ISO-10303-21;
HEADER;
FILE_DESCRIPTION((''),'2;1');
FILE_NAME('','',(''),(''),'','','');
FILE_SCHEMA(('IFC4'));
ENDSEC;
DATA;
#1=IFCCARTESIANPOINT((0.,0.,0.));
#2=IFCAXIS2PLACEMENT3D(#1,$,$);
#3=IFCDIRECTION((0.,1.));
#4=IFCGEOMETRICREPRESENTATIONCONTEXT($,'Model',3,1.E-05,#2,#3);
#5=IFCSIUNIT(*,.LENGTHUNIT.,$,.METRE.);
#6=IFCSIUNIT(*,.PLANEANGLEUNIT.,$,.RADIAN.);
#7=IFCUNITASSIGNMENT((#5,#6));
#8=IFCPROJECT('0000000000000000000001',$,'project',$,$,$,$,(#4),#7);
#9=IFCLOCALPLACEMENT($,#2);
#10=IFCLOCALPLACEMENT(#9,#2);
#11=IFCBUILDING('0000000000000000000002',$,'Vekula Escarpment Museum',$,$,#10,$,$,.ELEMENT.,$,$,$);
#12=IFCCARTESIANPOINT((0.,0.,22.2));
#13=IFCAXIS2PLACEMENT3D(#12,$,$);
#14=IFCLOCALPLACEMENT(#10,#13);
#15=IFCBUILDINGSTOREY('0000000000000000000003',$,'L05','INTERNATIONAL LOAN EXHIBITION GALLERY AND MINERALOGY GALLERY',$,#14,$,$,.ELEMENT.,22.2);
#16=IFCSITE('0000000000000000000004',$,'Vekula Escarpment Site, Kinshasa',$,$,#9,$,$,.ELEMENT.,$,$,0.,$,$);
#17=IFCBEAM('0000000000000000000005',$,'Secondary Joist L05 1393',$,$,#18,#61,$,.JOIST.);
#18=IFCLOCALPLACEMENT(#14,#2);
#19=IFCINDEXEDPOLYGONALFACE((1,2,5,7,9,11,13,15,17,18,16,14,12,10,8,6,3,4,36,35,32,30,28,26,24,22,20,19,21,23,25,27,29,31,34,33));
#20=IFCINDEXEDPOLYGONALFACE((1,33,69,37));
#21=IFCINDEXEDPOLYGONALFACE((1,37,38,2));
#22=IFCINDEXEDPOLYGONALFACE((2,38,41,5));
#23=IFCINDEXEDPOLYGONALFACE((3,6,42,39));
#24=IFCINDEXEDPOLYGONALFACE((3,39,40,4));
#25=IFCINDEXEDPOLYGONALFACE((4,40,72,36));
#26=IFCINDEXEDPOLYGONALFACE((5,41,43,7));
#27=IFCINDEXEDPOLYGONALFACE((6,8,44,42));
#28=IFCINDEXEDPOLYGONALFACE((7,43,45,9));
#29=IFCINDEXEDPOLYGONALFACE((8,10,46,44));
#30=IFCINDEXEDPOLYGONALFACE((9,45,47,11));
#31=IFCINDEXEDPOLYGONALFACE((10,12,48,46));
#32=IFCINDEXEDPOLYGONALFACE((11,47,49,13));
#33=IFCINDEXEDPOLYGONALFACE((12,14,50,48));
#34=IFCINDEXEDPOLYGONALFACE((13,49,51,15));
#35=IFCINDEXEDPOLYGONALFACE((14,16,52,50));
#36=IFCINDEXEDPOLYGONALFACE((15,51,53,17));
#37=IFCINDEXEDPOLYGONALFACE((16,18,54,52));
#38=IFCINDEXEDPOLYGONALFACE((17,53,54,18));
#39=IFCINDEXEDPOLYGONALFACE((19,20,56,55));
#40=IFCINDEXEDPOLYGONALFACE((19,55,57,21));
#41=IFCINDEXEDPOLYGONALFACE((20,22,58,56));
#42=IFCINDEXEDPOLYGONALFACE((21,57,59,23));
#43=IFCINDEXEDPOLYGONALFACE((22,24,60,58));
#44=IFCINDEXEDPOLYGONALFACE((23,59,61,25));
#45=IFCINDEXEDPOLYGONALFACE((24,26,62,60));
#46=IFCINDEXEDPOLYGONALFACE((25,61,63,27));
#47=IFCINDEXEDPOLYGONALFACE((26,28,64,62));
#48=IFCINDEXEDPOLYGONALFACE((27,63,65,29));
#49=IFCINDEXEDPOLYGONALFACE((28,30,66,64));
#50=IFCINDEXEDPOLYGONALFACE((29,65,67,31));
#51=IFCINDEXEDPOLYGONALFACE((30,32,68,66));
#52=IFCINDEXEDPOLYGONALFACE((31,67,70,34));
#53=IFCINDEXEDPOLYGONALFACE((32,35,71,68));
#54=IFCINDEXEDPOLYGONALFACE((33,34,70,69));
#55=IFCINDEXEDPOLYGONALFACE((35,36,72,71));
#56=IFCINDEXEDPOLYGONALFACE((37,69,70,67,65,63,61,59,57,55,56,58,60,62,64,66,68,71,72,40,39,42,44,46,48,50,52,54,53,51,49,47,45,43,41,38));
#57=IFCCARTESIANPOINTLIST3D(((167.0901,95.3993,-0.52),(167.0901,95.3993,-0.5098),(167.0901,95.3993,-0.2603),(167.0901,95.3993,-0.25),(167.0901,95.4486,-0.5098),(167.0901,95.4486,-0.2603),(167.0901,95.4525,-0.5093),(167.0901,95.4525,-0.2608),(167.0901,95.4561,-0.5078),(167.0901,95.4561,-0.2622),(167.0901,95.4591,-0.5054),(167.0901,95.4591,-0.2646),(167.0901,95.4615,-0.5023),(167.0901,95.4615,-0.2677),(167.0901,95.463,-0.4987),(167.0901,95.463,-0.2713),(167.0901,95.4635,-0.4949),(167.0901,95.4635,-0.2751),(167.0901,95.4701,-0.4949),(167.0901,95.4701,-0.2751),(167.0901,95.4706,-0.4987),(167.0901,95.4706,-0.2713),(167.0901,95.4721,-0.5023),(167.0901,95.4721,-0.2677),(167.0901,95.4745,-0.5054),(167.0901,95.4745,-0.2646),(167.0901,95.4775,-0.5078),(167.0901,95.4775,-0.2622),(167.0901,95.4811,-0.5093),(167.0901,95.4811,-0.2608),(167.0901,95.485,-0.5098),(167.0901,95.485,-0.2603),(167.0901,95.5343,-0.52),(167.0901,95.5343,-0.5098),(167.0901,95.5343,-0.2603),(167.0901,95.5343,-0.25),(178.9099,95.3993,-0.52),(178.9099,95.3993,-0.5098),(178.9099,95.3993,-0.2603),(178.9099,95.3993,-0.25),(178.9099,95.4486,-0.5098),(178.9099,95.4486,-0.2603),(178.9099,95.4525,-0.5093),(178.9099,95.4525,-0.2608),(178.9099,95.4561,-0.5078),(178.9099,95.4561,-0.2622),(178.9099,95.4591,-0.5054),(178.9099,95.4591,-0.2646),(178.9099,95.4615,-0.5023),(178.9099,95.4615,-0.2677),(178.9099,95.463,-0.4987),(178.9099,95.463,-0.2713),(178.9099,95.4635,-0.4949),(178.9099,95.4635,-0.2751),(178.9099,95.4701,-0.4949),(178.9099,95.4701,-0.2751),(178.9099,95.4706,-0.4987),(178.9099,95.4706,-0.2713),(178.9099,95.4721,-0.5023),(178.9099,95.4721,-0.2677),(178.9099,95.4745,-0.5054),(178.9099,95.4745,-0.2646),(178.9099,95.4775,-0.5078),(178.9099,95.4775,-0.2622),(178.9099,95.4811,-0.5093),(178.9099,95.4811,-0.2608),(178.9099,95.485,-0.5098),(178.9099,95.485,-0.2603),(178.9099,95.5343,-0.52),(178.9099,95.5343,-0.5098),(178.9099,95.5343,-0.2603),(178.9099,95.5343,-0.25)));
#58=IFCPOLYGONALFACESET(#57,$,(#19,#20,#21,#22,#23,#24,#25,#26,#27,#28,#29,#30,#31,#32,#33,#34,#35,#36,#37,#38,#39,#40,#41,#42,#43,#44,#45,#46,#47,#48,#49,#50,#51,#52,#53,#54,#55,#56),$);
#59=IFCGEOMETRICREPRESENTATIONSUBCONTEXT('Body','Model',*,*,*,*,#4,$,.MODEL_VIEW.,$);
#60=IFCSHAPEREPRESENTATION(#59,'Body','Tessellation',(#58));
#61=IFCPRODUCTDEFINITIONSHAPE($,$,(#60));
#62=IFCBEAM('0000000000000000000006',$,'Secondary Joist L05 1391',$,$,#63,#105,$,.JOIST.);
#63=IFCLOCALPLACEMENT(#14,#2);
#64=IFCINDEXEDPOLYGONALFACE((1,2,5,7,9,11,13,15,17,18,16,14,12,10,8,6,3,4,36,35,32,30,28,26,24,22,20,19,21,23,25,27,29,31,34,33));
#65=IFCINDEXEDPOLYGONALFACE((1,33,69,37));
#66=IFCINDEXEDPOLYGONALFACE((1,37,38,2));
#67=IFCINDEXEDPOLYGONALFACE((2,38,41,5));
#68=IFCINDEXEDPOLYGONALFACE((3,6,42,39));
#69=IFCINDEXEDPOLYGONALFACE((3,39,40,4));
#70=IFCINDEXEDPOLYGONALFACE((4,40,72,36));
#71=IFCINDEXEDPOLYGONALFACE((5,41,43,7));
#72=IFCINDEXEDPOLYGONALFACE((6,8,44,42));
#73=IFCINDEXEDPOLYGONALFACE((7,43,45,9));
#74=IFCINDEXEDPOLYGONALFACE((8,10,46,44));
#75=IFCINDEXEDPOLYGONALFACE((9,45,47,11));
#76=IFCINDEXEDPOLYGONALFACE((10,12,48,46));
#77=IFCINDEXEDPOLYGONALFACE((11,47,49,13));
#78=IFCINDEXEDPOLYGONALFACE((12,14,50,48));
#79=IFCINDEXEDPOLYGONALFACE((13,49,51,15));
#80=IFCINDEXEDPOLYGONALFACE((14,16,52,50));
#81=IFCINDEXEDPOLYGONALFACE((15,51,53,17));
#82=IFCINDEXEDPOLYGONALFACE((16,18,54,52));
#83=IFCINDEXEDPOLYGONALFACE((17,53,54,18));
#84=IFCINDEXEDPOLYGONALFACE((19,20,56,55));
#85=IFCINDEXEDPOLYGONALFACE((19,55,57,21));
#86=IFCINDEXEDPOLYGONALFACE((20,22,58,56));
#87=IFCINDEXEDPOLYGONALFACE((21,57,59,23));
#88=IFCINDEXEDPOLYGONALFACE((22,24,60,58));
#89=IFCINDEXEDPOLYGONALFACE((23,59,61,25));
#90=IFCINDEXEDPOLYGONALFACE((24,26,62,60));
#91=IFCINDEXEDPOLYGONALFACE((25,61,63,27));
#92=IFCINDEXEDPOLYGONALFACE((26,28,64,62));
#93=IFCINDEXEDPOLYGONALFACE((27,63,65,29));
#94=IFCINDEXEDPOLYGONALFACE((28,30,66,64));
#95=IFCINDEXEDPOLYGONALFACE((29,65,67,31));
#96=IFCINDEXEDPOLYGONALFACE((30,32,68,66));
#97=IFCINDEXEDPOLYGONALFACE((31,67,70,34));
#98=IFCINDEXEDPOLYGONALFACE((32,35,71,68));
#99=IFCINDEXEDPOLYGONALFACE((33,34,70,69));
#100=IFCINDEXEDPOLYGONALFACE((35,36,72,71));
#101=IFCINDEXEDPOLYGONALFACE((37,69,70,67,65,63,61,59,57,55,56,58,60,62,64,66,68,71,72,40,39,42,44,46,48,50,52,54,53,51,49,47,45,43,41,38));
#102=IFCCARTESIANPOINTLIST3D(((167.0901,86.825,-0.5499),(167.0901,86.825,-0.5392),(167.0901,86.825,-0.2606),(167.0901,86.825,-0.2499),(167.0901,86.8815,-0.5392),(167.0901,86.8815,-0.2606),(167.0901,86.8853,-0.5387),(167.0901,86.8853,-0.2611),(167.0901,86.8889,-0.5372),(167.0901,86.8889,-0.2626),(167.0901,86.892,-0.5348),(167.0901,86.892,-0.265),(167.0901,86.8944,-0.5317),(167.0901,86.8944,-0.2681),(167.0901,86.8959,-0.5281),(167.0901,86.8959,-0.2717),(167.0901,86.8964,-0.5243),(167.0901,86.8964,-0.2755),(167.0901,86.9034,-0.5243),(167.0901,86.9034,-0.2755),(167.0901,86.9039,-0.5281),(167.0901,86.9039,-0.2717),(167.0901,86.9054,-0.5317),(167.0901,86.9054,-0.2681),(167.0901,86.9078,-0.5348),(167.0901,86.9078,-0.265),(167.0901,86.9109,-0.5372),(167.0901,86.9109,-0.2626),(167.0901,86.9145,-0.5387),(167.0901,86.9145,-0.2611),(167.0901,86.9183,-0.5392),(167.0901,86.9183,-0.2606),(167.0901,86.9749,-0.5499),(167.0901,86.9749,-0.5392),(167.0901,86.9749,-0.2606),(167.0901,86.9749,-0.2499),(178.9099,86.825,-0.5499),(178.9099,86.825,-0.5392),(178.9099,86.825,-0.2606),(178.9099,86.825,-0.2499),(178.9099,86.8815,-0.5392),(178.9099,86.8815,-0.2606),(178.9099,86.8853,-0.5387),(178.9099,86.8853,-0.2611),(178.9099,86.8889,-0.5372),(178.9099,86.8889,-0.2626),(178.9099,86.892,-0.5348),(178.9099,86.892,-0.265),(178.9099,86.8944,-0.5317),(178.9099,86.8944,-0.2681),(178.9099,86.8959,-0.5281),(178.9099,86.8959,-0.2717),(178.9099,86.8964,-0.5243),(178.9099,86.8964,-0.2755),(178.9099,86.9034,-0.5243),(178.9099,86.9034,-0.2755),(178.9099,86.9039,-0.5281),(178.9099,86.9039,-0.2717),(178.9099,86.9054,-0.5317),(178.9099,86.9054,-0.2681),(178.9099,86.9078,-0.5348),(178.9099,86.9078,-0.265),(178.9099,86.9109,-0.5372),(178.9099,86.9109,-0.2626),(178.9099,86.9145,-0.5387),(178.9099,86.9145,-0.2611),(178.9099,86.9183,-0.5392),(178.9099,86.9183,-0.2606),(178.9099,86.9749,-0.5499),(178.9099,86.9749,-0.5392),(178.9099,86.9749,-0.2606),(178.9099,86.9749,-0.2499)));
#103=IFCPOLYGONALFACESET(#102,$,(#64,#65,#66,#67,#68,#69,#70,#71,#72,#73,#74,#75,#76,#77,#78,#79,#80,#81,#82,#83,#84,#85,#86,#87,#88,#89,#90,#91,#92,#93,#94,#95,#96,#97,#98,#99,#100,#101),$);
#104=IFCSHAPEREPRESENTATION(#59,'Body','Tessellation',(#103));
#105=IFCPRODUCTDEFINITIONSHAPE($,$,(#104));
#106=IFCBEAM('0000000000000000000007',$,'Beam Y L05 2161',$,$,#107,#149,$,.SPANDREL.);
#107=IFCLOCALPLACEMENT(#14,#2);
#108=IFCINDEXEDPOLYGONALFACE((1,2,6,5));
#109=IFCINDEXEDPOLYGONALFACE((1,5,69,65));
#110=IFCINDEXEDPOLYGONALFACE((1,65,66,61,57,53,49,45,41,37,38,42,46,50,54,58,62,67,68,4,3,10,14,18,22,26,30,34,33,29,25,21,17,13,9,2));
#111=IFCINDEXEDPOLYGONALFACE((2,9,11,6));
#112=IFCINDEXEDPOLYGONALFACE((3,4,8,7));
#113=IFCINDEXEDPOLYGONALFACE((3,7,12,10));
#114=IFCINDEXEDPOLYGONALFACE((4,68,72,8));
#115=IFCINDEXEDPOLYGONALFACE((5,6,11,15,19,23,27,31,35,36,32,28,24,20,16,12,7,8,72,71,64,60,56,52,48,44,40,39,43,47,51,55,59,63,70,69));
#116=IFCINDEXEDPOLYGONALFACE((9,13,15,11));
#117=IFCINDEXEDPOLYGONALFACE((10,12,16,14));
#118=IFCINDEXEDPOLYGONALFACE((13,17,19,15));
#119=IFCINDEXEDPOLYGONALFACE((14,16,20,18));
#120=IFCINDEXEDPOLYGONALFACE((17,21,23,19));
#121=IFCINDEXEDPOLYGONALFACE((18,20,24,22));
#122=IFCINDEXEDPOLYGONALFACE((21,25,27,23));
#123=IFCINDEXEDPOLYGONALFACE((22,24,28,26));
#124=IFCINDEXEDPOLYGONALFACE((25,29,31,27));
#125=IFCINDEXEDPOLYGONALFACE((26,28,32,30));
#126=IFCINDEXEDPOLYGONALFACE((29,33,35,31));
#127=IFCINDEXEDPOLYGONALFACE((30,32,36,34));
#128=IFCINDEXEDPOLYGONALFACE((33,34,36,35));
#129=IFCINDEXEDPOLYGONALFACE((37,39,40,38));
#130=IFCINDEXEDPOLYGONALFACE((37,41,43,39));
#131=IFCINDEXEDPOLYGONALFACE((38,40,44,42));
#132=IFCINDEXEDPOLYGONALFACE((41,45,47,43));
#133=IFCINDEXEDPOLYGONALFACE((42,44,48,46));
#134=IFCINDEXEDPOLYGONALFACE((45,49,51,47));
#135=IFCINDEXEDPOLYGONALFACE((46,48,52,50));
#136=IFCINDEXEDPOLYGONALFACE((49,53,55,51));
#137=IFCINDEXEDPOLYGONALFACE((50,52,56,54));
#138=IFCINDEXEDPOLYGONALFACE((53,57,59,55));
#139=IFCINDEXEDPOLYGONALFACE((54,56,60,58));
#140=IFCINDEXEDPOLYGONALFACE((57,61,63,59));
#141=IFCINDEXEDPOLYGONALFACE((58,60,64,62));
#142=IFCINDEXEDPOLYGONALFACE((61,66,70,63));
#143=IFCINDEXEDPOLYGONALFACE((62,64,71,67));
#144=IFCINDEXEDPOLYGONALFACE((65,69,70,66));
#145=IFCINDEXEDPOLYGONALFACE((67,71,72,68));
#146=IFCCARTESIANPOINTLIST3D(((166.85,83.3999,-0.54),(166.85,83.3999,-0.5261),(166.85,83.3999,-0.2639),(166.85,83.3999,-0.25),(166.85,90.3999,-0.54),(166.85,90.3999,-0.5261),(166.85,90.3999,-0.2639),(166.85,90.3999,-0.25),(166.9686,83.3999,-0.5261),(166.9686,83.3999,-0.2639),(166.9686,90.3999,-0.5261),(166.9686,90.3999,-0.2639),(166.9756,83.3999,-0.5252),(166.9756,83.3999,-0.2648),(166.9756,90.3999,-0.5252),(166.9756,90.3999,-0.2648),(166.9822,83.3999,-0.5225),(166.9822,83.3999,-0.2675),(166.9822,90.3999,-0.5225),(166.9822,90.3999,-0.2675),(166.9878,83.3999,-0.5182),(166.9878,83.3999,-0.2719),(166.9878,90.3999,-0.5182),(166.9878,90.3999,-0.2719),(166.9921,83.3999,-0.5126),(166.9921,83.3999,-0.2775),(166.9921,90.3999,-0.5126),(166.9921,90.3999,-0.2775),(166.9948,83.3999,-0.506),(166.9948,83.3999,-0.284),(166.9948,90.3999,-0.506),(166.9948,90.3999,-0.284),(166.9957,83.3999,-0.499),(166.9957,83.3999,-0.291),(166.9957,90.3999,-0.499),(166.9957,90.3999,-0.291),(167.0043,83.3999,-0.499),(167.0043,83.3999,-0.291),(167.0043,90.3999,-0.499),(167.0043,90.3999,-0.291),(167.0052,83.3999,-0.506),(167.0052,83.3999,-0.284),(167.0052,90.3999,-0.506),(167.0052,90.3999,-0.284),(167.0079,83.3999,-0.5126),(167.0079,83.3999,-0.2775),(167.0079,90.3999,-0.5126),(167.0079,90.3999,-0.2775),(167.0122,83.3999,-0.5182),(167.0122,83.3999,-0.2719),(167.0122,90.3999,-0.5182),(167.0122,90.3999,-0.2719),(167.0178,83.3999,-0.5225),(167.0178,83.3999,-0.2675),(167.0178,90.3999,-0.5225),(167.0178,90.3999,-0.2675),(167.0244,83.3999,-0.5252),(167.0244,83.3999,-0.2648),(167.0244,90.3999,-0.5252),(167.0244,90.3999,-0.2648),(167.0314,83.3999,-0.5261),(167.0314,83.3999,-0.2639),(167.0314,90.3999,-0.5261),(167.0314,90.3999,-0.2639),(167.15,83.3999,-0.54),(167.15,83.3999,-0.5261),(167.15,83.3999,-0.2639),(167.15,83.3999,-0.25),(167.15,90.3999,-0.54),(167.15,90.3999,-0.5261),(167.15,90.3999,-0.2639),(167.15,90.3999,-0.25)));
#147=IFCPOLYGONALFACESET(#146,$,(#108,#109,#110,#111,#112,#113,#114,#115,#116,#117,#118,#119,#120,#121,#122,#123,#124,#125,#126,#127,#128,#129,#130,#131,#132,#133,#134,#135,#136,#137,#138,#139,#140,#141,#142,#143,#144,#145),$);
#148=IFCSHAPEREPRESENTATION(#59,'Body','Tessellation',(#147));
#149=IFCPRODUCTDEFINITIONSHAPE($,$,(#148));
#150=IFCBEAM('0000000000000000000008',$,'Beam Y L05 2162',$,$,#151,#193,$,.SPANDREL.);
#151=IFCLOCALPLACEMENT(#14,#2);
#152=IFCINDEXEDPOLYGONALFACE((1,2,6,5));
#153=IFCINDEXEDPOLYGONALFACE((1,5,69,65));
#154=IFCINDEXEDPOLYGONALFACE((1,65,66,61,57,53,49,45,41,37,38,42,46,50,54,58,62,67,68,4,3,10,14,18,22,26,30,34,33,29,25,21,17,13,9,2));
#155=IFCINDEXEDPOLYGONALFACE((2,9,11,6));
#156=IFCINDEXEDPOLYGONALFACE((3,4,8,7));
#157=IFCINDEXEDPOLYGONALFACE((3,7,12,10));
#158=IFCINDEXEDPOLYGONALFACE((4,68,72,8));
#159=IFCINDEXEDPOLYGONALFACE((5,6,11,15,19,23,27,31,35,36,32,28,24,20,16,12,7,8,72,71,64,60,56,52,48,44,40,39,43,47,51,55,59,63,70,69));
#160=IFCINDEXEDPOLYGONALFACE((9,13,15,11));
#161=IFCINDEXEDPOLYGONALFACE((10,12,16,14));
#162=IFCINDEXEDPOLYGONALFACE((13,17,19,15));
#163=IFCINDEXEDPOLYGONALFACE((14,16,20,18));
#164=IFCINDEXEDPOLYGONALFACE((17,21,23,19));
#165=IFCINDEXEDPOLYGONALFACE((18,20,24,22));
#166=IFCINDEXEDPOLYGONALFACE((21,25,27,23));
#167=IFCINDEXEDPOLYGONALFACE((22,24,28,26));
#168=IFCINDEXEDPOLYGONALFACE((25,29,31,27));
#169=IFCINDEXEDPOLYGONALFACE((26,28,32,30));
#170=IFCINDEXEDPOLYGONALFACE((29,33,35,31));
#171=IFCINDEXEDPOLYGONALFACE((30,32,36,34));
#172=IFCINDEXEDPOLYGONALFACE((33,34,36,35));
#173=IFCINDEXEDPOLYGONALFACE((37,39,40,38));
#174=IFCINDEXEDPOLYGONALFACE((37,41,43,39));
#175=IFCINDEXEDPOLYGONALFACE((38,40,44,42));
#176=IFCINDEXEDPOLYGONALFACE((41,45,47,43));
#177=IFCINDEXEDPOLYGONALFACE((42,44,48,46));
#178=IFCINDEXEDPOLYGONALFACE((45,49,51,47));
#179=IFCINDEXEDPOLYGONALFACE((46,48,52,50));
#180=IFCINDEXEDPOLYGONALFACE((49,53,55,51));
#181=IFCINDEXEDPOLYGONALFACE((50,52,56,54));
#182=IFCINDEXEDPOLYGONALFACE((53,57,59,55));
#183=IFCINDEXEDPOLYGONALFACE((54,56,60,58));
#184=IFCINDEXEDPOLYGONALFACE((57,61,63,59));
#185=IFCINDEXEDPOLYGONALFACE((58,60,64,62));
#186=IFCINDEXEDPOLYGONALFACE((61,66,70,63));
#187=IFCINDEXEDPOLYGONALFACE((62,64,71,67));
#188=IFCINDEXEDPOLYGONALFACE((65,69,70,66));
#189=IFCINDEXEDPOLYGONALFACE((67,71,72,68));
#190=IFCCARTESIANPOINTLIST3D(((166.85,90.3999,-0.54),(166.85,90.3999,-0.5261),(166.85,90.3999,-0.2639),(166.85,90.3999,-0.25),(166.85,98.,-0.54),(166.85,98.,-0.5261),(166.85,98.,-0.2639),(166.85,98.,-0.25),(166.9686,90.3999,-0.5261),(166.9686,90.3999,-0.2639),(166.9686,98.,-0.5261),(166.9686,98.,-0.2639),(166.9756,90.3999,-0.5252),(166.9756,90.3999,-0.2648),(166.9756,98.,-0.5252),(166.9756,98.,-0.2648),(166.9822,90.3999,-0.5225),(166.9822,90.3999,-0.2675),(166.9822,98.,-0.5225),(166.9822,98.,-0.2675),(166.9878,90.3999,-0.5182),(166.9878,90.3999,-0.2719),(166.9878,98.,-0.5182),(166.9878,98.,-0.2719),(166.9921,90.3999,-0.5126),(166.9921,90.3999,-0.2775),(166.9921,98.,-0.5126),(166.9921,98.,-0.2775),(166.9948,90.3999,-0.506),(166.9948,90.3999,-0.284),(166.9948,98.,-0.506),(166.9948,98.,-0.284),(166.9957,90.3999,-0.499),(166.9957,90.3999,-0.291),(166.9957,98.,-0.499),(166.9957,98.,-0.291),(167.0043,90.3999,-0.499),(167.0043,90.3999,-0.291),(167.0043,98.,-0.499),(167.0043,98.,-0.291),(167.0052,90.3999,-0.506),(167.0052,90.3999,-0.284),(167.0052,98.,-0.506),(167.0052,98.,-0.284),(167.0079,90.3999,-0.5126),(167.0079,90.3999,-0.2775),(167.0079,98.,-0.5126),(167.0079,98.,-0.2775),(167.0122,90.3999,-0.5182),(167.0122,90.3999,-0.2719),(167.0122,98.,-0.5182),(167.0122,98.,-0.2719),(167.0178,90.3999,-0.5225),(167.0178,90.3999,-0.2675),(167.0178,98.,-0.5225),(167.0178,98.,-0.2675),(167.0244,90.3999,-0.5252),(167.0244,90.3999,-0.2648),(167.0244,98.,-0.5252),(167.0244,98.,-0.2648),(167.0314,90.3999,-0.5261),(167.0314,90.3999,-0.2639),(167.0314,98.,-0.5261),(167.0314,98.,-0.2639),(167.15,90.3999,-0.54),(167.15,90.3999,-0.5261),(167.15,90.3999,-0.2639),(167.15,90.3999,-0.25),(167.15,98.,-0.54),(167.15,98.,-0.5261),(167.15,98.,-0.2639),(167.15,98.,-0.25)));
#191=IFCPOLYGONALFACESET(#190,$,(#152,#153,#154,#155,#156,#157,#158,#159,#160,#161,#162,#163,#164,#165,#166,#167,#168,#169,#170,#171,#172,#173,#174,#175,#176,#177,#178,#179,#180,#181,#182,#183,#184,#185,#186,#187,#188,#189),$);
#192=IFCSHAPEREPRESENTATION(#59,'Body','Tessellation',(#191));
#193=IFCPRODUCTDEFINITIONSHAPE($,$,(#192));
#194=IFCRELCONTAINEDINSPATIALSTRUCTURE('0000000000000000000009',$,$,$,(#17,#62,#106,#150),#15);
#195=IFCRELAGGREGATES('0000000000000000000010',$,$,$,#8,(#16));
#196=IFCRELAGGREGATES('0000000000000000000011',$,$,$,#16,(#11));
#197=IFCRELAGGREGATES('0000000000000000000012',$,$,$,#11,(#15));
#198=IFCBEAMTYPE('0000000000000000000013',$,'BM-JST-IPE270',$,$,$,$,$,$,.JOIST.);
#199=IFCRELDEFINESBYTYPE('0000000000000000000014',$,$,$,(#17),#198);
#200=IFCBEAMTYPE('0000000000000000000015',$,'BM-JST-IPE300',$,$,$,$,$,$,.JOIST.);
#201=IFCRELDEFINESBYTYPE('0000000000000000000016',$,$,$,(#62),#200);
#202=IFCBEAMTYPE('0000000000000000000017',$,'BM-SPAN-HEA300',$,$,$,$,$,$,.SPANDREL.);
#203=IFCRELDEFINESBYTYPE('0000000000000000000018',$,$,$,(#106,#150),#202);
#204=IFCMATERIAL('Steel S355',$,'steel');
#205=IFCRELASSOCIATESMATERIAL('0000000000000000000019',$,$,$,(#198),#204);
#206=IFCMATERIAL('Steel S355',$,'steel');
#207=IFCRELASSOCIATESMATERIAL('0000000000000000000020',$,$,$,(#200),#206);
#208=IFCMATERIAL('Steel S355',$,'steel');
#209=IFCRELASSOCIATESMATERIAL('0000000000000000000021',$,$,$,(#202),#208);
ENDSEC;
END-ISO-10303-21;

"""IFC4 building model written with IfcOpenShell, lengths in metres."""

from ifc_helpers import new_model, si_unit, direction, frame, origin, origin_2d, place, context, subcontext, project, spatial, i_section, extrude, material, material_profile, profile_set, type_object, element, save


model = new_model("IFC4")

# Units and contexts
model_context = context("Model", 3, precision=1e-05, world=origin(), true_north=direction((0.0, 1.0)))
body_context = subcontext(model_context, "Body", "Model", "MODEL_VIEW")
ifc_project = project(units=[si_unit("LENGTHUNIT", "METRE"), si_unit("PLANEANGLEUNIT", "RADIAN")], contexts=[model_context])

# Site, building, storey
site_placement = place(None, origin())
site = spatial("IfcSite", under=ifc_project, at=site_placement, Name="Vekula Escarpment Site, Kinshasa", CompositionType="ELEMENT", RefElevation=0.0)
building_placement = place(site_placement, origin())
building = spatial("IfcBuilding", under=site, at=building_placement, Name="Vekula Escarpment Museum", CompositionType="ELEMENT")
storey_placement = place(building_placement, frame((0.0, 0.0, 22.2)))
storey = spatial("IfcBuildingStorey", under=building, at=storey_placement, Name="L05", Description="INTERNATIONAL LOAN EXHIBITION GALLERY AND MINERALOGY GALLERY", CompositionType="ELEMENT", Elevation=22.2)

# Beams
ifc_material_1 = material(Name="Steel S355", Category="steel")
ifc_material_profile_1 = material_profile(ifc_material_1, i_section(OverallWidth=0.135, OverallDepth=0.27, WebThickness=0.0066, FlangeThickness=0.0103, FilletRadius=0.0149, at=origin_2d()), Name="IPE 270")
ifc_profile_set_1 = profile_set([ifc_material_profile_1], Name="Steel S355")
beam_type_1 = type_object("IfcBeamType", Name="BM-JST-IPE270", PredefinedType="JOIST", material=ifc_profile_set_1)
for number, where, z_axis, x_axis, name in (
    (1, (167.0901, 95.4668, -0.385), (1.0, 0.0, 0.0), (0.0, 1.0, 0.0), "Secondary Joist L05 1393"),
):
    element("IfcBeam", number, at=place(storey_placement, frame(where, z_axis=z_axis, x_axis=x_axis)), inside=storey, type_object=beam_type_1, Name=name, PredefinedType="JOIST", context=body_context, shape_type="SweptSolid", body=[
        extrude(i_section(OverallWidth=0.135, OverallDepth=0.27, WebThickness=0.0066, FlangeThickness=0.0103, FilletRadius=0.0149, at=origin_2d()), origin(), (0.0, 0.0, 1.0), 11.8198),
    ])
ifc_material_2 = material(Name="Steel S355", Category="steel")
ifc_material_profile_2 = material_profile(ifc_material_2, i_section(OverallWidth=0.1499, OverallDepth=0.3, WebThickness=0.0071, FlangeThickness=0.0107, FilletRadius=0.0149, at=origin_2d()), Name="IPE 300")
ifc_profile_set_2 = profile_set([ifc_material_profile_2], Name="Steel S355")
beam_type_2 = type_object("IfcBeamType", Name="BM-JST-IPE300", PredefinedType="JOIST", material=ifc_profile_set_2)
beam_1_placement = place(storey_placement, frame((167.0901, 86.8999, -0.3999), z_axis=(1.0, 0.0, 0.0), x_axis=(0.0, 1.0, 0.0)))
element("IfcBeam", 2, at=beam_1_placement, inside=storey, type_object=beam_type_2, Name="Secondary Joist L05 1391", PredefinedType="JOIST", context=body_context, shape_type="SweptSolid", body=[
    extrude(i_section(OverallWidth=0.1499, OverallDepth=0.3, WebThickness=0.0071, FlangeThickness=0.0107, FilletRadius=0.0149, at=origin_2d()), origin(), (0.0, 0.0, 1.0), 11.8198),
])
ifc_material_3 = material(Name="Steel S355", Category="steel")
ifc_material_profile_3 = material_profile(ifc_material_3, i_section(OverallWidth=0.3, OverallDepth=0.29, WebThickness=0.0085, FlangeThickness=0.0139, FilletRadius=0.0271, at=origin_2d()), Name="HEA 300")
ifc_profile_set_3 = profile_set([ifc_material_profile_3], Name="Steel S355")
beam_type_3 = type_object("IfcBeamType", Name="BM-SPAN-HEA300", PredefinedType="SPANDREL", material=ifc_profile_set_3)
beam_2_placement = place(storey_placement, frame((167.0, 83.3999, -0.395), z_axis=(0.0, 1.0, 0.0), x_axis=(-1.0, 0.0, 0.0)))
element("IfcBeam", 3, at=beam_2_placement, inside=storey, type_object=beam_type_3, Name="Beam Y L05 2161", PredefinedType="SPANDREL", context=body_context, shape_type="SweptSolid", body=[
    extrude(i_section(OverallWidth=0.3, OverallDepth=0.29, WebThickness=0.0085, FlangeThickness=0.0139, FilletRadius=0.0271, at=origin_2d()), origin(), (0.0, 0.0, 1.0), 7.0),
])
for number, where, z_axis, x_axis, name in (
    (4, (167.0, 90.3999, -0.395), (0.0, 1.0, 0.0), (-1.0, 0.0, 0.0), "Beam Y L05 2162"),
):
    element("IfcBeam", number, at=place(storey_placement, frame(where, z_axis=z_axis, x_axis=x_axis)), inside=storey, type_object=beam_type_3, Name=name, PredefinedType="SPANDREL", context=body_context, shape_type="SweptSolid", body=[
        extrude(i_section(OverallWidth=0.3, OverallDepth=0.29, WebThickness=0.0085, FlangeThickness=0.0139, FilletRadius=0.0271, at=origin_2d()), origin(), (0.0, 0.0, 1.0), 7.6001),
    ])

save(model, "model.ifc")
